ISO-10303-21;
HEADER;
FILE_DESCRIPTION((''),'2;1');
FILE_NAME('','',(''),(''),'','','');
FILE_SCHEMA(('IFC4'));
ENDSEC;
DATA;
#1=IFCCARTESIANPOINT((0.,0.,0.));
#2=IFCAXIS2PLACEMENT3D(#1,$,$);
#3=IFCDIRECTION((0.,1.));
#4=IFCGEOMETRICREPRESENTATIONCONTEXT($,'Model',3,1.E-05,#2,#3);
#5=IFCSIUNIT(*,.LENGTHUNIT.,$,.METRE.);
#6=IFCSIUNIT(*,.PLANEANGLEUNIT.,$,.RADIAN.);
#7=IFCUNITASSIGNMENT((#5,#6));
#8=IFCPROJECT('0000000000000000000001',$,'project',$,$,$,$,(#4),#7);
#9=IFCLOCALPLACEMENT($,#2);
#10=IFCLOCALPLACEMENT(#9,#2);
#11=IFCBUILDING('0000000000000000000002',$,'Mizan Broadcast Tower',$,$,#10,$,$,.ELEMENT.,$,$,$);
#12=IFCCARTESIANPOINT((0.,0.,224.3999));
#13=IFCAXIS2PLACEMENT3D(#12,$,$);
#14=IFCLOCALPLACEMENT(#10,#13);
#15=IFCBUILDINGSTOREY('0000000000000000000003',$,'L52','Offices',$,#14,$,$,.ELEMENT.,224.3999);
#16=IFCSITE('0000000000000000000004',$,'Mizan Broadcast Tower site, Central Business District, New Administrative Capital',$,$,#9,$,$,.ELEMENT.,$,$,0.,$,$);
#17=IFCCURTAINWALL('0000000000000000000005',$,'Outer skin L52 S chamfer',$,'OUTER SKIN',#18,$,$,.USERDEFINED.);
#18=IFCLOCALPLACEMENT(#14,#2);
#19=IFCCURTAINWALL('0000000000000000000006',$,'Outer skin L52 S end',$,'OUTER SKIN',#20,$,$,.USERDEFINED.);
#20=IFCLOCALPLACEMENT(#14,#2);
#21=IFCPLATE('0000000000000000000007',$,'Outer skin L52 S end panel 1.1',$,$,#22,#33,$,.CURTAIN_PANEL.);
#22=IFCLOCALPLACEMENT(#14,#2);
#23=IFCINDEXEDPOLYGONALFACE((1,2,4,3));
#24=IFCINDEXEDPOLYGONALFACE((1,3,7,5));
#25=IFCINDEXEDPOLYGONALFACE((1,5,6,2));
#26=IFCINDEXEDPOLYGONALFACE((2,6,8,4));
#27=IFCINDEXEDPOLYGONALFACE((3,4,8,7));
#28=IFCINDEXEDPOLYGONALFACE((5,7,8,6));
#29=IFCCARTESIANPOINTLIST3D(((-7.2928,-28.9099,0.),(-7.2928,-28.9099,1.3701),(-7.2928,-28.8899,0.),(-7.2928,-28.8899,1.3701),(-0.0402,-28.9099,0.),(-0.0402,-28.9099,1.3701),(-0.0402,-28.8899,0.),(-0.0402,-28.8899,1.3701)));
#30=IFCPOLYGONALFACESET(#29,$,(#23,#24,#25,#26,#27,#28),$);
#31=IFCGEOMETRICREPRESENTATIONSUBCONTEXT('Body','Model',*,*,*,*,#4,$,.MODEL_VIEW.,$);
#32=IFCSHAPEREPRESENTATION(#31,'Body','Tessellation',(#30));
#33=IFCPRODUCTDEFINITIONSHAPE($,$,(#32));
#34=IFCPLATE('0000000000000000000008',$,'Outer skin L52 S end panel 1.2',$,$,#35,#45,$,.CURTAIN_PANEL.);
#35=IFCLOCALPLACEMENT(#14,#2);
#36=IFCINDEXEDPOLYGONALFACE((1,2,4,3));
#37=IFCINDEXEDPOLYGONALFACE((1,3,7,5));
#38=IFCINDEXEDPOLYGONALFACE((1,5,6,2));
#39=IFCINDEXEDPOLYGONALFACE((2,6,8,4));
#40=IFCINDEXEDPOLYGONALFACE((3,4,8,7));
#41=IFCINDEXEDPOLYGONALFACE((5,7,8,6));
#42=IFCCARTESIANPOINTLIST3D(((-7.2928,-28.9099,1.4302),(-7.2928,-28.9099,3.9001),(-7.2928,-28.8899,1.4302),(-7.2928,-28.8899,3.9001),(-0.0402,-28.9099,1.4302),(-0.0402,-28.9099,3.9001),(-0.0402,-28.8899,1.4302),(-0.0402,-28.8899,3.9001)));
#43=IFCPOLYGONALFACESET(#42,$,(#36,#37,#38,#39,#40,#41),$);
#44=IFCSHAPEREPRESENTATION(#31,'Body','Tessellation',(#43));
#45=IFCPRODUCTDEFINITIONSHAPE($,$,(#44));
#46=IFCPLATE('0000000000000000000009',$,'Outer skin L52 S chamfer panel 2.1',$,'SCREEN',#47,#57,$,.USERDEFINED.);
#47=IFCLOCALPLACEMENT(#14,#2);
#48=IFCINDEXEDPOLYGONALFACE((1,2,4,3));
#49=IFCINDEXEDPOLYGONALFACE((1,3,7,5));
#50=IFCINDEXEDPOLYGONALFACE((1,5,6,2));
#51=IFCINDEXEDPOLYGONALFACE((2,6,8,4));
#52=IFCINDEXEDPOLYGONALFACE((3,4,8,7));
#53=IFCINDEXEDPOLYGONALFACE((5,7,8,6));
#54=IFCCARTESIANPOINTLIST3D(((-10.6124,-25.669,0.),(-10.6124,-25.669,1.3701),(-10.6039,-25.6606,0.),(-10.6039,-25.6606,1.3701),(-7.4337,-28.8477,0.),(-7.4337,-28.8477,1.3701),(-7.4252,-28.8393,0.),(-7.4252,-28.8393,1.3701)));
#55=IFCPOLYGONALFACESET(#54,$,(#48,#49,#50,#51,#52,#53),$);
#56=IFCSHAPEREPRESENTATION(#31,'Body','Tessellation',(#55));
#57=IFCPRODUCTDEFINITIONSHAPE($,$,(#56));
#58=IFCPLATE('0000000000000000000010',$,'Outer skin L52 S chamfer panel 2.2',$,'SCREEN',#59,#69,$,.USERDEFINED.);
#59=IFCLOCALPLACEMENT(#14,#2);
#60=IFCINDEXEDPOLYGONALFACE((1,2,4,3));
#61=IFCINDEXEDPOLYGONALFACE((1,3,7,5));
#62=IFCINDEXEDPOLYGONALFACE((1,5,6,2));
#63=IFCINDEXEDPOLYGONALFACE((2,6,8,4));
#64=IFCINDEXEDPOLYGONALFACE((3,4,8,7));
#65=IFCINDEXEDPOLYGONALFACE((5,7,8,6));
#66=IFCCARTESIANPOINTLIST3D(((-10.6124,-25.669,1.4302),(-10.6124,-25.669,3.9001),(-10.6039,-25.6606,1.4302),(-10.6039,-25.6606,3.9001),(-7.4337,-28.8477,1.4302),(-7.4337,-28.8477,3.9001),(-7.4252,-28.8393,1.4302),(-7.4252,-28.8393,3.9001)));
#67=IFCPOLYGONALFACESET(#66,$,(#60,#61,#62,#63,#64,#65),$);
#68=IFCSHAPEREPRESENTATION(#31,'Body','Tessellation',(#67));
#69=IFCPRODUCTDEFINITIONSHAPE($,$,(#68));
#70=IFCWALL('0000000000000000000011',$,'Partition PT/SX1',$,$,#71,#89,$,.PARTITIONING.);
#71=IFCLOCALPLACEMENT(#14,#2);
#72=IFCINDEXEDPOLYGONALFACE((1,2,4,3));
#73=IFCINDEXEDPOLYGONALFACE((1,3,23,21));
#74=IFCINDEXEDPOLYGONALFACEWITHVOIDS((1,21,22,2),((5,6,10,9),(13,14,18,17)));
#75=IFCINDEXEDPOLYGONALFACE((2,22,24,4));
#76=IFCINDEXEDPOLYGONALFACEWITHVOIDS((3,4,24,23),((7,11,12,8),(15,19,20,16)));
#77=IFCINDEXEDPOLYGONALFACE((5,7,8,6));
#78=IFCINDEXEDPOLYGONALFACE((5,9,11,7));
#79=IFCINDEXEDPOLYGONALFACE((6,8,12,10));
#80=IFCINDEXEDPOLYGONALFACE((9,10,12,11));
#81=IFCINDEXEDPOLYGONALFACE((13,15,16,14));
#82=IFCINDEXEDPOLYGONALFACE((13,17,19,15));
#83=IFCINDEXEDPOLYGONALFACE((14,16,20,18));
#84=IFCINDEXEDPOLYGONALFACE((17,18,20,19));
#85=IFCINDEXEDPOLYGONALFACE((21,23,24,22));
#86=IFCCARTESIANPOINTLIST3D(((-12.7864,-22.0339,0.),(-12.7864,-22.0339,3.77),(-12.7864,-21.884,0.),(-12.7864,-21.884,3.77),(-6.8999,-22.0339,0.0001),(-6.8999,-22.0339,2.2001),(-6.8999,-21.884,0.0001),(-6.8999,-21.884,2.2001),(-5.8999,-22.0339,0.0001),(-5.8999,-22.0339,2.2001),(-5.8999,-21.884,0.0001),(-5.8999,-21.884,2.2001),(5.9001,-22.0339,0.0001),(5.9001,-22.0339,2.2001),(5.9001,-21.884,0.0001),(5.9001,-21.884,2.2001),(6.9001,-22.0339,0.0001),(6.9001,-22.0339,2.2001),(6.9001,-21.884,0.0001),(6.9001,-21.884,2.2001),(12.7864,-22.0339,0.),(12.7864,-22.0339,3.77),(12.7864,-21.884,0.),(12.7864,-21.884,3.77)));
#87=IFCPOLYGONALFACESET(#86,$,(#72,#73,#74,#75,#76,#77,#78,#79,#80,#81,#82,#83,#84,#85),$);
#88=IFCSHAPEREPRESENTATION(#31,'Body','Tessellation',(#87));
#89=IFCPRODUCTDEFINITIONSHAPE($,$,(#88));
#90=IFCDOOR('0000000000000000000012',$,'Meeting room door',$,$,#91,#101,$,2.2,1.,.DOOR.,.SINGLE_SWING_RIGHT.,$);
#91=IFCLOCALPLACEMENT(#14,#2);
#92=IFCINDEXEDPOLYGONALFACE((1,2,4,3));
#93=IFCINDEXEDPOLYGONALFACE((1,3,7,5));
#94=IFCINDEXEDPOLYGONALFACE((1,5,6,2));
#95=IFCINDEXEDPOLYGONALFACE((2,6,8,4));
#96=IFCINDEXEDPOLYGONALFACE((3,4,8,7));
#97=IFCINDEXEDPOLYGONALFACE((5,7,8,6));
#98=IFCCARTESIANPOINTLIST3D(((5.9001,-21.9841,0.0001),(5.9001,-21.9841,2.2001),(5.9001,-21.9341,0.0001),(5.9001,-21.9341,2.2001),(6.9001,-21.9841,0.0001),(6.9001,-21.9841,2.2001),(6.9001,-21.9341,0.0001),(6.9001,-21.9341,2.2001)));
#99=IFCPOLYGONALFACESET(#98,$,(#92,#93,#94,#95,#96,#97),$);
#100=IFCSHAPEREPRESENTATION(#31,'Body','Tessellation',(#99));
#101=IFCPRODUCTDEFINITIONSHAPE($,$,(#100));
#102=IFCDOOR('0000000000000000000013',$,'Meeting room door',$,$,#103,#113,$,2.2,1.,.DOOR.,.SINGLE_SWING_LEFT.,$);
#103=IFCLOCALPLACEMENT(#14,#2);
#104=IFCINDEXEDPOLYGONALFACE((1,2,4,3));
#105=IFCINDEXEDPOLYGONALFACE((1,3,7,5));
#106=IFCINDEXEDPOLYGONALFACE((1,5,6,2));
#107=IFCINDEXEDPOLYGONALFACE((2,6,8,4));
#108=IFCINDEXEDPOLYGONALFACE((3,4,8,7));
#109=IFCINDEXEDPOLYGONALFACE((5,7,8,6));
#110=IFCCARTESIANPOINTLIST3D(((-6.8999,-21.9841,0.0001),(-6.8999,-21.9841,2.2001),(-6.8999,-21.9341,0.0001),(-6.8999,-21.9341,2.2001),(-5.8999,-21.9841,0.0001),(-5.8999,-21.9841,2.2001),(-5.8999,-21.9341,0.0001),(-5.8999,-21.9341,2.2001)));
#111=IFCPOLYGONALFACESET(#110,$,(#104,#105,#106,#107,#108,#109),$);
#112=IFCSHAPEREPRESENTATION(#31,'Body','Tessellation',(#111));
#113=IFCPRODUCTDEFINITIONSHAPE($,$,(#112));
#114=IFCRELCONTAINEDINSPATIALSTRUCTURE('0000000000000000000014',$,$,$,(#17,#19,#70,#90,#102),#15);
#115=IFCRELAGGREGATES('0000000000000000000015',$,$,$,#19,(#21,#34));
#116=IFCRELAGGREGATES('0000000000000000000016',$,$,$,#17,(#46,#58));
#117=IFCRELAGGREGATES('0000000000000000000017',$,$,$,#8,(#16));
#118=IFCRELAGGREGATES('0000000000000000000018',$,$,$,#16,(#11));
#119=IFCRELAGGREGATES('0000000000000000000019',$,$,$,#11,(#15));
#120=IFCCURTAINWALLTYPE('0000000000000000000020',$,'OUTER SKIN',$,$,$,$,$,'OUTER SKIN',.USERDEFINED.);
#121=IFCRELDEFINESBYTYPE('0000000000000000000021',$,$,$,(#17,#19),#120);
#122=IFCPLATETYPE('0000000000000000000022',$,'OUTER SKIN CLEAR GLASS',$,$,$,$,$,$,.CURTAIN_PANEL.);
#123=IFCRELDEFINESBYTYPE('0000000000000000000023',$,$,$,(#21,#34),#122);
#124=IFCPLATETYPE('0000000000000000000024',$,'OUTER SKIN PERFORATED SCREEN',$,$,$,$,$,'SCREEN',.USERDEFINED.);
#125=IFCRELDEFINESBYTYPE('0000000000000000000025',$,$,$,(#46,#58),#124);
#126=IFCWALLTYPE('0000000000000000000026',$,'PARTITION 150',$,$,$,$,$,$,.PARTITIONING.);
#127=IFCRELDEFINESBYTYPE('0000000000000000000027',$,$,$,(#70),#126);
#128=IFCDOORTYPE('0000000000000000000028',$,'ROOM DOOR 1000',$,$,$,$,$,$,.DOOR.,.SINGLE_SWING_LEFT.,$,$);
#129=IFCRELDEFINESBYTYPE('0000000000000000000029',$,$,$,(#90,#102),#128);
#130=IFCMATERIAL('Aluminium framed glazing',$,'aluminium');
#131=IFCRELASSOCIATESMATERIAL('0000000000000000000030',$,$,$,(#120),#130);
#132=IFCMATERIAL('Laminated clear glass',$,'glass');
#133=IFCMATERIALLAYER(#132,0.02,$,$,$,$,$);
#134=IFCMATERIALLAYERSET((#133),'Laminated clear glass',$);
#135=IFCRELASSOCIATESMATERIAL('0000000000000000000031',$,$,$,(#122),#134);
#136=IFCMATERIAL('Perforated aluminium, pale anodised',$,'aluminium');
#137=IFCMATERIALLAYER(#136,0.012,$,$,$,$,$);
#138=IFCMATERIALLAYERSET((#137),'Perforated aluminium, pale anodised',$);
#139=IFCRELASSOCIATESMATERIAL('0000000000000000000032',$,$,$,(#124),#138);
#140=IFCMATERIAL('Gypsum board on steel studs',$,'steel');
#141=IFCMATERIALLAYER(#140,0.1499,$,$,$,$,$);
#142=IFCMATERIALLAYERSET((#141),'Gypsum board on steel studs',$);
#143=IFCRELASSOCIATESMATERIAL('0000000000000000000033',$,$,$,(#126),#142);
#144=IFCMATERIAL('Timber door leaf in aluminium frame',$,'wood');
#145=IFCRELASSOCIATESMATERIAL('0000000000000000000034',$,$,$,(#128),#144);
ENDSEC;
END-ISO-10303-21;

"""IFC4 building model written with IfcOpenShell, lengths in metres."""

from ifc_helpers import new_model, si_unit, direction, frame, frame_2d, origin, origin_2d, place, context, subcontext, project, spatial, rectangle, extrude, material, layer, layer_set, type_object, element, fill, aggregate, save


model = new_model("IFC4")

# Units and contexts
model_context = context("Model", 3, precision=1e-05, world=origin(), true_north=direction((0.0, 1.0)))
body_context = subcontext(model_context, "Body", "Model", "MODEL_VIEW")
ifc_project = project(units=[si_unit("LENGTHUNIT", "METRE"), si_unit("PLANEANGLEUNIT", "RADIAN")], contexts=[model_context])

# Site, building, storey
site_placement = place(None, origin())
site = spatial("IfcSite", under=ifc_project, at=site_placement, Name="Mizan Broadcast Tower site, Central Business District, New Administrative Capital", CompositionType="ELEMENT", RefElevation=0.0)
building_placement = place(site_placement, origin())
building = spatial("IfcBuilding", under=site, at=building_placement, Name="Mizan Broadcast Tower", CompositionType="ELEMENT")
storey_placement = place(building_placement, frame((0.0, 0.0, 224.3999)))
storey = spatial("IfcBuildingStorey", under=building, at=storey_placement, Name="L52", Description="Offices", CompositionType="ELEMENT", Elevation=224.3999)

# Curtain wall
ifc_material_1 = material(Name="Aluminium framed glazing", Category="aluminium")
curtain_wall_type_1 = type_object("IfcCurtainWallType", Name="OUTER SKIN", ElementType="OUTER SKIN", PredefinedType="USERDEFINED", material=ifc_material_1)
curtain_wall_1_placement = place(storey_placement, origin())
curtain_wall_1 = element("IfcCurtainWall", 1, at=curtain_wall_1_placement, inside=storey, type_object=curtain_wall_type_1, Name="Outer skin L52 S chamfer", ObjectType="OUTER SKIN", PredefinedType="USERDEFINED")

# Curtain wall
curtain_wall_2_placement = place(storey_placement, origin())
curtain_wall_2 = element("IfcCurtainWall", 2, at=curtain_wall_2_placement, inside=storey, type_object=curtain_wall_type_1, Name="Outer skin L52 S end", ObjectType="OUTER SKIN", PredefinedType="USERDEFINED")

# Plates
ifc_material_2 = material(Name="Laminated clear glass", Category="glass")
ifc_layer_1 = layer(ifc_material_2, 0.02)
ifc_layer_set_1 = layer_set([ifc_layer_1], Name="Laminated clear glass")
plate_type_1 = type_object("IfcPlateType", Name="OUTER SKIN CLEAR GLASS", PredefinedType="CURTAIN_PANEL", material=ifc_layer_set_1)
plate_1_placement = place(storey_placement, frame((-3.6665, -28.8999, 0.0), z_axis=(0.0, 0.0, 1.0), x_axis=(1.0, 0.0, 0.0)))
plate_1 = element("IfcPlate", 3, at=plate_1_placement, type_object=plate_type_1, Name="Outer skin L52 S end panel 1.1", PredefinedType="CURTAIN_PANEL", context=body_context, shape_type="SweptSolid", body=[
    extrude(rectangle(XDim=7.2527, YDim=0.02, at=origin_2d()), origin(), (0.0, 0.0, 1.0), 1.3701),
])
plate_2_placement = place(storey_placement, frame((-3.6665, -28.8999, 1.4302), z_axis=(0.0, 0.0, 1.0), x_axis=(1.0, 0.0, 0.0)))
plate_2 = element("IfcPlate", 4, at=plate_2_placement, type_object=plate_type_1, Name="Outer skin L52 S end panel 1.2", PredefinedType="CURTAIN_PANEL", context=body_context, shape_type="SweptSolid", body=[
    extrude(rectangle(XDim=7.2527, YDim=0.02, at=origin_2d()), origin(), (0.0, 0.0, 1.0), 2.47),
])
aggregate(curtain_wall_2, [plate_1, plate_2])
ifc_material_3 = material(Name="Perforated aluminium, pale anodised", Category="aluminium")
ifc_layer_2 = layer(ifc_material_3, 0.012)
ifc_layer_set_2 = layer_set([ifc_layer_2], Name="Perforated aluminium, pale anodised")
plate_type_2 = type_object("IfcPlateType", Name="OUTER SKIN PERFORATED SCREEN", ElementType="SCREEN", PredefinedType="USERDEFINED", material=ifc_layer_set_2)
plate_3_placement = place(storey_placement, frame((-9.0188, -27.2542, 0.0), z_axis=(0.0, 0.0, 1.0), x_axis=(0.707107, -0.707107, 0.0)))
plate_3 = element("IfcPlate", 5, at=plate_3_placement, type_object=plate_type_2, Name="Outer skin L52 S chamfer panel 2.1", ObjectType="SCREEN", PredefinedType="USERDEFINED", context=body_context, shape_type="SweptSolid", body=[
    extrude(rectangle(XDim=4.4954, YDim=0.012, at=origin_2d()), origin(), (0.0, 0.0, 1.0), 1.3701),
])
plate_4_placement = place(storey_placement, frame((-9.0188, -27.2542, 1.4302), z_axis=(0.0, 0.0, 1.0), x_axis=(0.707107, -0.707107, 0.0)))
plate_4 = element("IfcPlate", 6, at=plate_4_placement, type_object=plate_type_2, Name="Outer skin L52 S chamfer panel 2.2", ObjectType="SCREEN", PredefinedType="USERDEFINED", context=body_context, shape_type="SweptSolid", body=[
    extrude(rectangle(XDim=4.4954, YDim=0.012, at=origin_2d()), origin(), (0.0, 0.0, 1.0), 2.47),
])
aggregate(curtain_wall_1, [plate_3, plate_4])

# Wall, openings, doors
ifc_material_4 = material(Name="Gypsum board on steel studs", Category="steel")
ifc_layer_3 = layer(ifc_material_4, 0.1499)
ifc_layer_set_3 = layer_set([ifc_layer_3], Name="Gypsum board on steel studs")
wall_type = type_object("IfcWallType", Name="PARTITION 150", PredefinedType="PARTITIONING", material=ifc_layer_set_3)
wall_placement = place(storey_placement, frame((-12.7864, -21.959, 0.0), z_axis=(0.0, 0.0, 1.0), x_axis=(1.0, 0.0, 0.0)))
wall = element("IfcWall", 7, at=wall_placement, inside=storey, type_object=wall_type, Name="Partition PT/SX1", PredefinedType="PARTITIONING", context=body_context, shape_type="SweptSolid", body=[
    extrude(rectangle(XDim=25.5728, YDim=0.1499, at=frame_2d((12.7864, 0.0))), origin(), (0.0, 0.0, 1.0), 3.77),
])
opening_1_placement = place(wall_placement, frame((18.6865, 0.0, 0.0)))
opening_1 = element("IfcOpeningElement", 8, at=opening_1_placement, cuts=wall, PredefinedType="OPENING", context=body_context, shape_type="SweptSolid", body=[
    extrude(rectangle(XDim=1.0, YDim=2.2, at=frame_2d((0.5, 1.1001))), frame((0.0, 0.085, 0.0), z_axis=(0.0, -1.0, 0.0), x_axis=(1.0, 0.0, 0.0)), (0.0, 0.0, 1.0), 0.1699),
])
opening_2_placement = place(wall_placement, frame((5.8865, 0.0, 0.0)))
opening_2 = element("IfcOpeningElement", 9, at=opening_2_placement, cuts=wall, PredefinedType="OPENING", context=body_context, shape_type="SweptSolid", body=[
    extrude(rectangle(XDim=1.0, YDim=2.2, at=frame_2d((0.5, 1.1001))), frame((0.0, 0.085, 0.0), z_axis=(0.0, -1.0, 0.0), x_axis=(1.0, 0.0, 0.0)), (0.0, 0.0, 1.0), 0.1699),
])
ifc_material_5 = material(Name="Timber door leaf in aluminium frame", Category="wood")
door_type = type_object("IfcDoorType", Name="ROOM DOOR 1000", OperationType="SINGLE_SWING_LEFT", PredefinedType="DOOR", material=ifc_material_5)
door_1_placement = place(opening_1_placement, origin())
door_1 = element("IfcDoor", 10, at=door_1_placement, inside=storey, type_object=door_type, Name="Meeting room door", OperationType="SINGLE_SWING_RIGHT", OverallHeight=2.2, OverallWidth=1.0, PredefinedType="DOOR", context=body_context, shape_type="SweptSolid", body=[
    extrude(rectangle(XDim=1.0, YDim=2.2, at=frame_2d((0.5, 1.1001))), frame((0.0, 0.0249, 0.0), z_axis=(0.0, -1.0, 0.0), x_axis=(1.0, 0.0, 0.0)), (0.0, 0.0, 1.0), 0.05),
])
fill(opening_1, door_1)
door_2_placement = place(opening_2_placement, origin())
door_2 = element("IfcDoor", 11, at=door_2_placement, inside=storey, type_object=door_type, Name="Meeting room door", OperationType="SINGLE_SWING_LEFT", OverallHeight=2.2, OverallWidth=1.0, PredefinedType="DOOR", context=body_context, shape_type="SweptSolid", body=[
    extrude(rectangle(XDim=1.0, YDim=2.2, at=frame_2d((0.5, 1.1001))), frame((0.0, 0.0249, 0.0), z_axis=(0.0, -1.0, 0.0), x_axis=(1.0, 0.0, 0.0)), (0.0, 0.0, 1.0), 0.05),
])
fill(opening_2, door_2)

save(model, "model.ifc")
